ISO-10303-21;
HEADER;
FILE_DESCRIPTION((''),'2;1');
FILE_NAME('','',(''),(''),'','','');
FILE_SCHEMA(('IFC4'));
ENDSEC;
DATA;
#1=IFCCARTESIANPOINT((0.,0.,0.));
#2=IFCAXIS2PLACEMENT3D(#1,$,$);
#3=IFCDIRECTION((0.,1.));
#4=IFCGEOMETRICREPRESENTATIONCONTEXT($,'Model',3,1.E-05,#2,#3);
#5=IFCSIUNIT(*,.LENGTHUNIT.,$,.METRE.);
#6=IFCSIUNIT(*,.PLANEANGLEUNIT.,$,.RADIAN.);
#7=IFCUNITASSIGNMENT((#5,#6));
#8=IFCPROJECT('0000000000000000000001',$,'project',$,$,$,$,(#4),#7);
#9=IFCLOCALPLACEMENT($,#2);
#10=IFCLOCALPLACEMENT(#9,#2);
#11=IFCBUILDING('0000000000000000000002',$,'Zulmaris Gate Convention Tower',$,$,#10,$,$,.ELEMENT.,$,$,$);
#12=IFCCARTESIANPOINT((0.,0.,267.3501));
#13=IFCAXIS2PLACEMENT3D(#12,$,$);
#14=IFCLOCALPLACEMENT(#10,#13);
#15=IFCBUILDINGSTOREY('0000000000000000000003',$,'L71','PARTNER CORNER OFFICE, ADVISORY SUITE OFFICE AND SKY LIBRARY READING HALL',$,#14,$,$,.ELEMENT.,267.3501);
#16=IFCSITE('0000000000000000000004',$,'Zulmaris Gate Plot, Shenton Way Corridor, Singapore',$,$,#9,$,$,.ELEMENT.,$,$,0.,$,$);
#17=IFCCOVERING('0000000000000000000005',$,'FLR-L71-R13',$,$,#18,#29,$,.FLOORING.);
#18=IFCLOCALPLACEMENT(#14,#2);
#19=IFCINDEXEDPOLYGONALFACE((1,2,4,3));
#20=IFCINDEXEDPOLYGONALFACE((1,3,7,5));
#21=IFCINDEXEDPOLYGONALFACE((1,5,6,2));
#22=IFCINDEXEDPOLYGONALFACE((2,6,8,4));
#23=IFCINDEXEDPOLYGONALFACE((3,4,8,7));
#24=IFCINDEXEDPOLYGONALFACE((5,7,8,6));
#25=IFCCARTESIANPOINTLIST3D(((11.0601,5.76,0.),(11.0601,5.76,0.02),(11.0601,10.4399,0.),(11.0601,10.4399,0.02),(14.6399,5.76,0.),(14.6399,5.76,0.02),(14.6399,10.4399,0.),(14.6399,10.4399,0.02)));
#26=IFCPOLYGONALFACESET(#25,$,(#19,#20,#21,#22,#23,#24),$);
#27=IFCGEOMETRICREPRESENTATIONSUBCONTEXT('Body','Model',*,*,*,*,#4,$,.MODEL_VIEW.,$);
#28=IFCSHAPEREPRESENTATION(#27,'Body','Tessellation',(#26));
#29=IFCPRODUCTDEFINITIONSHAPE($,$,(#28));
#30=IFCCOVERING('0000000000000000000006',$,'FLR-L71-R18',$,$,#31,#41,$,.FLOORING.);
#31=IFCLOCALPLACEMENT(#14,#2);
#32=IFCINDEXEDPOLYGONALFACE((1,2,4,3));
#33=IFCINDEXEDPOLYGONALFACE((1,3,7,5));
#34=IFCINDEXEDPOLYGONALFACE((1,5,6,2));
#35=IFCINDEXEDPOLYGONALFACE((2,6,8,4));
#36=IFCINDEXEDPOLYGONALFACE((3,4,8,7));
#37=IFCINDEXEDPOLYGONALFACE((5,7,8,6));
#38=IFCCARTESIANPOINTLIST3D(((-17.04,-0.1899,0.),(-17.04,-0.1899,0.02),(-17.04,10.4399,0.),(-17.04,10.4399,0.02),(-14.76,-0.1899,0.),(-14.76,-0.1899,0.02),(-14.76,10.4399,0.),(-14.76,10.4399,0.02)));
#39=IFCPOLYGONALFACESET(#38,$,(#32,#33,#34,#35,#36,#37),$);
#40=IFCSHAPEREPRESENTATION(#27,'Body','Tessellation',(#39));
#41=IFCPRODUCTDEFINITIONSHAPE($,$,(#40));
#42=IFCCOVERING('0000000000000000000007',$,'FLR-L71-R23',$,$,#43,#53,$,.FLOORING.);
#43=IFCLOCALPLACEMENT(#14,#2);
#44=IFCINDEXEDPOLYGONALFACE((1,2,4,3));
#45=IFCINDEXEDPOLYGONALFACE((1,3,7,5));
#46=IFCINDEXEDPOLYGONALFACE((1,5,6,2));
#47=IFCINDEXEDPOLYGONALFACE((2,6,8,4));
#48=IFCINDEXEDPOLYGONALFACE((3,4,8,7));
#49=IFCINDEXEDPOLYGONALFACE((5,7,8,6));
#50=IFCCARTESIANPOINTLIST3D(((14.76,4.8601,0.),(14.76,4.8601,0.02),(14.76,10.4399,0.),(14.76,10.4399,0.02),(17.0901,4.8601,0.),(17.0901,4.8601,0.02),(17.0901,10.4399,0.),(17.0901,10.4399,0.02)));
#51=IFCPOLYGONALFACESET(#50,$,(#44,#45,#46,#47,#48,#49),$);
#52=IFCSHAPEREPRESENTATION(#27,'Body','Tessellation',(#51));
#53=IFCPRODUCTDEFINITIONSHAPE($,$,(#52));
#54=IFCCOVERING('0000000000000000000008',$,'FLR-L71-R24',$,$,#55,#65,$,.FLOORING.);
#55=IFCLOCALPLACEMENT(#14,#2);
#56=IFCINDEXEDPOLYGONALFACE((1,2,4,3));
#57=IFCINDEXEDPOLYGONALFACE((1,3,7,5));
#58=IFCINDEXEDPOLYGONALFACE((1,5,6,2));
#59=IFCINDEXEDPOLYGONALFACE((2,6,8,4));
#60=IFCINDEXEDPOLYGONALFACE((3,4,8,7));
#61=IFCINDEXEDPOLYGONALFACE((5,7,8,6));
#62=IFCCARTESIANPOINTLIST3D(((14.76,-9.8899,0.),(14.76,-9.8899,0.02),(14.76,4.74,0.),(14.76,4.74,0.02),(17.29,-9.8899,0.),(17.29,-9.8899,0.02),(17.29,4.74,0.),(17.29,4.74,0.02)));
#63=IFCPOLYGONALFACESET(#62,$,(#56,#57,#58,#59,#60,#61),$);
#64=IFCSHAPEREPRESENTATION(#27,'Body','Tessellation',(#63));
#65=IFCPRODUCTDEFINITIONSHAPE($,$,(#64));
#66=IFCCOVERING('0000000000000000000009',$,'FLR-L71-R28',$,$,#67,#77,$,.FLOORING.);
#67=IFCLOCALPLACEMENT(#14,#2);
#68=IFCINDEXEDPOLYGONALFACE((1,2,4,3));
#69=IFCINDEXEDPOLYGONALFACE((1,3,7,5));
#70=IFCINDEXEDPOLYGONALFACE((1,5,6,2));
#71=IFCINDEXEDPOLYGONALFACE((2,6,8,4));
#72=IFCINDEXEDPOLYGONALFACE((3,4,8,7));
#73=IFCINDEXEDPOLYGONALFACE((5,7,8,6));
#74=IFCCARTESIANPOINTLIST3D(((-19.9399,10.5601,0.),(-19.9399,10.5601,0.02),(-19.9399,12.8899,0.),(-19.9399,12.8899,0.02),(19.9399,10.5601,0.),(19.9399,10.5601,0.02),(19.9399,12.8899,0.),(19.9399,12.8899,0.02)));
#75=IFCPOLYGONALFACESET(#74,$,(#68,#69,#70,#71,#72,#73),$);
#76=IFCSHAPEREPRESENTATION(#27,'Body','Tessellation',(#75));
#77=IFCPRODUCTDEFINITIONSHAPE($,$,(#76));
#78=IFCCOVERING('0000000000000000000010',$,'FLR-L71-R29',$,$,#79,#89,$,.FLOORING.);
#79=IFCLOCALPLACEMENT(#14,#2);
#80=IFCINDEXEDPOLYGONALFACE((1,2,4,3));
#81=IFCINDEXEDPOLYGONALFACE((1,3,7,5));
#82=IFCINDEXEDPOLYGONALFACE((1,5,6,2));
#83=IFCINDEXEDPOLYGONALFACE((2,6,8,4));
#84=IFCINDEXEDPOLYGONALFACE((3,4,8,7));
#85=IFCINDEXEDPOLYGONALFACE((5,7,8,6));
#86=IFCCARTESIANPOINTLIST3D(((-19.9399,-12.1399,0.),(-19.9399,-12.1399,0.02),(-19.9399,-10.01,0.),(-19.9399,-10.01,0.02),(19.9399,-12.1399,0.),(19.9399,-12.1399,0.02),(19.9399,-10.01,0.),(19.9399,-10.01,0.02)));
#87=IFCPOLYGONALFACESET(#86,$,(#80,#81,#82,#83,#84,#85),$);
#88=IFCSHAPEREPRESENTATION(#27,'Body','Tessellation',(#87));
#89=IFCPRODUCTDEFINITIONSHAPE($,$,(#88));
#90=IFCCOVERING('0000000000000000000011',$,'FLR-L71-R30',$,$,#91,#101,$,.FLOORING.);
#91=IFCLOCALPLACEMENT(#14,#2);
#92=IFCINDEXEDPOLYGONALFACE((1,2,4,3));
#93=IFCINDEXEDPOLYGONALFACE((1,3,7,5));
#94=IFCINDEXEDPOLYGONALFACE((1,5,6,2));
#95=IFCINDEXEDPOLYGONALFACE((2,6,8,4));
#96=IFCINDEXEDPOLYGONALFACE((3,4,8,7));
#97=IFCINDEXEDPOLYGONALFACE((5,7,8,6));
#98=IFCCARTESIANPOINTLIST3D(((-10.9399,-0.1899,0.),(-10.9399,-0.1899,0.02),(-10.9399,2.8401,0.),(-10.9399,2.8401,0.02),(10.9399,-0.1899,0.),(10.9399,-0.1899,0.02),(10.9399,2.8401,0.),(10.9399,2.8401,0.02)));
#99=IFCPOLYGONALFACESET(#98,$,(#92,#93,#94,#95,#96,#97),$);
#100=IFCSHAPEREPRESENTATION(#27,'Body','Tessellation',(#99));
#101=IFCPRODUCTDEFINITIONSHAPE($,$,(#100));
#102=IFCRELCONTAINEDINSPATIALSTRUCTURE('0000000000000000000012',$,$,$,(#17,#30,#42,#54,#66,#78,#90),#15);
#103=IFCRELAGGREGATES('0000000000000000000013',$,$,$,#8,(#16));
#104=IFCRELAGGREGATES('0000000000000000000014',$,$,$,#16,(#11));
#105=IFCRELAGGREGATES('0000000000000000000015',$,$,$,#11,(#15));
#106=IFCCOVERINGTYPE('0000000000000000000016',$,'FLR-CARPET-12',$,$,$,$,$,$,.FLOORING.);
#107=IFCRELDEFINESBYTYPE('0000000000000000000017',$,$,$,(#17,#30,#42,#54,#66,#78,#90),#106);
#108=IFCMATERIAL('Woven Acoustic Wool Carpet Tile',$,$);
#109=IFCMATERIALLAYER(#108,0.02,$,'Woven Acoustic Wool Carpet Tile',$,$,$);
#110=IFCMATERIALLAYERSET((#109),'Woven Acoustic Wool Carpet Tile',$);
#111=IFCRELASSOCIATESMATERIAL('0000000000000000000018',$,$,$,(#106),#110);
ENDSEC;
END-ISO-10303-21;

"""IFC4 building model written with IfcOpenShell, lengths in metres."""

from ifc_helpers import new_model, si_unit, direction, frame, origin, place, context, subcontext, project, spatial, polyline, outline, extrude, material, layer, layer_set, type_object, element, save


model = new_model("IFC4")

# Units and contexts
model_context = context("Model", 3, precision=1e-05, world=origin(), true_north=direction((0.0, 1.0)))
body_context = subcontext(model_context, "Body", "Model", "MODEL_VIEW")
ifc_project = project(units=[si_unit("LENGTHUNIT", "METRE"), si_unit("PLANEANGLEUNIT", "RADIAN")], contexts=[model_context])

# Site, building, storey
site_placement = place(None, origin())
site = spatial("IfcSite", under=ifc_project, at=site_placement, Name="Zulmaris Gate Plot, Shenton Way Corridor, Singapore", CompositionType="ELEMENT", RefElevation=0.0)
building_placement = place(site_placement, origin())
building = spatial("IfcBuilding", under=site, at=building_placement, Name="Zulmaris Gate Convention Tower", CompositionType="ELEMENT")
storey_placement = place(building_placement, frame((0.0, 0.0, 267.3501)))
storey = spatial("IfcBuildingStorey", under=building, at=storey_placement, Name="L71", Description="PARTNER CORNER OFFICE, ADVISORY SUITE OFFICE AND SKY LIBRARY READING HALL", CompositionType="ELEMENT", Elevation=267.3501)

# Coverings
ifc_material_1 = material(Name="Woven Acoustic Wool Carpet Tile")
ifc_layer_1 = layer(ifc_material_1, 0.02, Name="Woven Acoustic Wool Carpet Tile")
ifc_layer_set_1 = layer_set([ifc_layer_1], Name="Woven Acoustic Wool Carpet Tile")
covering_type_1 = type_object("IfcCoveringType", Name="FLR-CARPET-12", PredefinedType="FLOORING", material=ifc_layer_set_1)
covering_1_placement = place(storey_placement, origin())
element("IfcCovering", 1, at=covering_1_placement, inside=storey, type_object=covering_type_1, Name="FLR-L71-R13", PredefinedType="FLOORING", context=body_context, shape_type="SweptSolid", body=[
    extrude(outline(polyline([(11.0601, 5.76), (14.6399, 5.76), (14.6399, 10.4399), (11.0601, 10.4399), (11.0601, 5.76)])), origin(), (0.0, 0.0, 1.0), 0.02),
])
covering_2_placement = place(storey_placement, origin())
element("IfcCovering", 2, at=covering_2_placement, inside=storey, type_object=covering_type_1, Name="FLR-L71-R18", PredefinedType="FLOORING", context=body_context, shape_type="SweptSolid", body=[
    extrude(outline(polyline([(-17.04, -0.1899), (-14.76, -0.1899), (-14.76, 10.4399), (-17.04, 10.4399), (-17.04, -0.1899)])), origin(), (0.0, 0.0, 1.0), 0.02),
])
covering_3_placement = place(storey_placement, origin())
element("IfcCovering", 3, at=covering_3_placement, inside=storey, type_object=covering_type_1, Name="FLR-L71-R23", PredefinedType="FLOORING", context=body_context, shape_type="SweptSolid", body=[
    extrude(outline(polyline([(14.76, 4.8601), (17.0901, 4.8601), (17.0901, 10.4399), (14.76, 10.4399), (14.76, 4.8601)])), origin(), (0.0, 0.0, 1.0), 0.02),
])
covering_4_placement = place(storey_placement, origin())
element("IfcCovering", 4, at=covering_4_placement, inside=storey, type_object=covering_type_1, Name="FLR-L71-R24", PredefinedType="FLOORING", context=body_context, shape_type="SweptSolid", body=[
    extrude(outline(polyline([(14.76, -9.8899), (17.29, -9.8899), (17.29, 4.74), (14.76, 4.74), (14.76, -9.8899)])), origin(), (0.0, 0.0, 1.0), 0.02),
])
covering_5_placement = place(storey_placement, origin())
element("IfcCovering", 5, at=covering_5_placement, inside=storey, type_object=covering_type_1, Name="FLR-L71-R28", PredefinedType="FLOORING", context=body_context, shape_type="SweptSolid", body=[
    extrude(outline(polyline([(-19.9399, 10.5601), (19.9399, 10.5601), (19.9399, 12.8899), (-19.9399, 12.8899), (-19.9399, 10.5601)])), origin(), (0.0, 0.0, 1.0), 0.02),
])
covering_6_placement = place(storey_placement, origin())
element("IfcCovering", 6, at=covering_6_placement, inside=storey, type_object=covering_type_1, Name="FLR-L71-R29", PredefinedType="FLOORING", context=body_context, shape_type="SweptSolid", body=[
    extrude(outline(polyline([(-19.9399, -12.1399), (19.9399, -12.1399), (19.9399, -10.01), (-19.9399, -10.01), (-19.9399, -12.1399)])), origin(), (0.0, 0.0, 1.0), 0.02),
])
covering_7_placement = place(storey_placement, origin())
element("IfcCovering", 7, at=covering_7_placement, inside=storey, type_object=covering_type_1, Name="FLR-L71-R30", PredefinedType="FLOORING", context=body_context, shape_type="SweptSolid", body=[
    extrude(outline(polyline([(-10.9399, -0.1899), (10.9399, -0.1899), (10.9399, 2.8401), (-10.9399, 2.8401), (-10.9399, -0.1899)])), origin(), (0.0, 0.0, 1.0), 0.02),
])

save(model, "model.ifc")
